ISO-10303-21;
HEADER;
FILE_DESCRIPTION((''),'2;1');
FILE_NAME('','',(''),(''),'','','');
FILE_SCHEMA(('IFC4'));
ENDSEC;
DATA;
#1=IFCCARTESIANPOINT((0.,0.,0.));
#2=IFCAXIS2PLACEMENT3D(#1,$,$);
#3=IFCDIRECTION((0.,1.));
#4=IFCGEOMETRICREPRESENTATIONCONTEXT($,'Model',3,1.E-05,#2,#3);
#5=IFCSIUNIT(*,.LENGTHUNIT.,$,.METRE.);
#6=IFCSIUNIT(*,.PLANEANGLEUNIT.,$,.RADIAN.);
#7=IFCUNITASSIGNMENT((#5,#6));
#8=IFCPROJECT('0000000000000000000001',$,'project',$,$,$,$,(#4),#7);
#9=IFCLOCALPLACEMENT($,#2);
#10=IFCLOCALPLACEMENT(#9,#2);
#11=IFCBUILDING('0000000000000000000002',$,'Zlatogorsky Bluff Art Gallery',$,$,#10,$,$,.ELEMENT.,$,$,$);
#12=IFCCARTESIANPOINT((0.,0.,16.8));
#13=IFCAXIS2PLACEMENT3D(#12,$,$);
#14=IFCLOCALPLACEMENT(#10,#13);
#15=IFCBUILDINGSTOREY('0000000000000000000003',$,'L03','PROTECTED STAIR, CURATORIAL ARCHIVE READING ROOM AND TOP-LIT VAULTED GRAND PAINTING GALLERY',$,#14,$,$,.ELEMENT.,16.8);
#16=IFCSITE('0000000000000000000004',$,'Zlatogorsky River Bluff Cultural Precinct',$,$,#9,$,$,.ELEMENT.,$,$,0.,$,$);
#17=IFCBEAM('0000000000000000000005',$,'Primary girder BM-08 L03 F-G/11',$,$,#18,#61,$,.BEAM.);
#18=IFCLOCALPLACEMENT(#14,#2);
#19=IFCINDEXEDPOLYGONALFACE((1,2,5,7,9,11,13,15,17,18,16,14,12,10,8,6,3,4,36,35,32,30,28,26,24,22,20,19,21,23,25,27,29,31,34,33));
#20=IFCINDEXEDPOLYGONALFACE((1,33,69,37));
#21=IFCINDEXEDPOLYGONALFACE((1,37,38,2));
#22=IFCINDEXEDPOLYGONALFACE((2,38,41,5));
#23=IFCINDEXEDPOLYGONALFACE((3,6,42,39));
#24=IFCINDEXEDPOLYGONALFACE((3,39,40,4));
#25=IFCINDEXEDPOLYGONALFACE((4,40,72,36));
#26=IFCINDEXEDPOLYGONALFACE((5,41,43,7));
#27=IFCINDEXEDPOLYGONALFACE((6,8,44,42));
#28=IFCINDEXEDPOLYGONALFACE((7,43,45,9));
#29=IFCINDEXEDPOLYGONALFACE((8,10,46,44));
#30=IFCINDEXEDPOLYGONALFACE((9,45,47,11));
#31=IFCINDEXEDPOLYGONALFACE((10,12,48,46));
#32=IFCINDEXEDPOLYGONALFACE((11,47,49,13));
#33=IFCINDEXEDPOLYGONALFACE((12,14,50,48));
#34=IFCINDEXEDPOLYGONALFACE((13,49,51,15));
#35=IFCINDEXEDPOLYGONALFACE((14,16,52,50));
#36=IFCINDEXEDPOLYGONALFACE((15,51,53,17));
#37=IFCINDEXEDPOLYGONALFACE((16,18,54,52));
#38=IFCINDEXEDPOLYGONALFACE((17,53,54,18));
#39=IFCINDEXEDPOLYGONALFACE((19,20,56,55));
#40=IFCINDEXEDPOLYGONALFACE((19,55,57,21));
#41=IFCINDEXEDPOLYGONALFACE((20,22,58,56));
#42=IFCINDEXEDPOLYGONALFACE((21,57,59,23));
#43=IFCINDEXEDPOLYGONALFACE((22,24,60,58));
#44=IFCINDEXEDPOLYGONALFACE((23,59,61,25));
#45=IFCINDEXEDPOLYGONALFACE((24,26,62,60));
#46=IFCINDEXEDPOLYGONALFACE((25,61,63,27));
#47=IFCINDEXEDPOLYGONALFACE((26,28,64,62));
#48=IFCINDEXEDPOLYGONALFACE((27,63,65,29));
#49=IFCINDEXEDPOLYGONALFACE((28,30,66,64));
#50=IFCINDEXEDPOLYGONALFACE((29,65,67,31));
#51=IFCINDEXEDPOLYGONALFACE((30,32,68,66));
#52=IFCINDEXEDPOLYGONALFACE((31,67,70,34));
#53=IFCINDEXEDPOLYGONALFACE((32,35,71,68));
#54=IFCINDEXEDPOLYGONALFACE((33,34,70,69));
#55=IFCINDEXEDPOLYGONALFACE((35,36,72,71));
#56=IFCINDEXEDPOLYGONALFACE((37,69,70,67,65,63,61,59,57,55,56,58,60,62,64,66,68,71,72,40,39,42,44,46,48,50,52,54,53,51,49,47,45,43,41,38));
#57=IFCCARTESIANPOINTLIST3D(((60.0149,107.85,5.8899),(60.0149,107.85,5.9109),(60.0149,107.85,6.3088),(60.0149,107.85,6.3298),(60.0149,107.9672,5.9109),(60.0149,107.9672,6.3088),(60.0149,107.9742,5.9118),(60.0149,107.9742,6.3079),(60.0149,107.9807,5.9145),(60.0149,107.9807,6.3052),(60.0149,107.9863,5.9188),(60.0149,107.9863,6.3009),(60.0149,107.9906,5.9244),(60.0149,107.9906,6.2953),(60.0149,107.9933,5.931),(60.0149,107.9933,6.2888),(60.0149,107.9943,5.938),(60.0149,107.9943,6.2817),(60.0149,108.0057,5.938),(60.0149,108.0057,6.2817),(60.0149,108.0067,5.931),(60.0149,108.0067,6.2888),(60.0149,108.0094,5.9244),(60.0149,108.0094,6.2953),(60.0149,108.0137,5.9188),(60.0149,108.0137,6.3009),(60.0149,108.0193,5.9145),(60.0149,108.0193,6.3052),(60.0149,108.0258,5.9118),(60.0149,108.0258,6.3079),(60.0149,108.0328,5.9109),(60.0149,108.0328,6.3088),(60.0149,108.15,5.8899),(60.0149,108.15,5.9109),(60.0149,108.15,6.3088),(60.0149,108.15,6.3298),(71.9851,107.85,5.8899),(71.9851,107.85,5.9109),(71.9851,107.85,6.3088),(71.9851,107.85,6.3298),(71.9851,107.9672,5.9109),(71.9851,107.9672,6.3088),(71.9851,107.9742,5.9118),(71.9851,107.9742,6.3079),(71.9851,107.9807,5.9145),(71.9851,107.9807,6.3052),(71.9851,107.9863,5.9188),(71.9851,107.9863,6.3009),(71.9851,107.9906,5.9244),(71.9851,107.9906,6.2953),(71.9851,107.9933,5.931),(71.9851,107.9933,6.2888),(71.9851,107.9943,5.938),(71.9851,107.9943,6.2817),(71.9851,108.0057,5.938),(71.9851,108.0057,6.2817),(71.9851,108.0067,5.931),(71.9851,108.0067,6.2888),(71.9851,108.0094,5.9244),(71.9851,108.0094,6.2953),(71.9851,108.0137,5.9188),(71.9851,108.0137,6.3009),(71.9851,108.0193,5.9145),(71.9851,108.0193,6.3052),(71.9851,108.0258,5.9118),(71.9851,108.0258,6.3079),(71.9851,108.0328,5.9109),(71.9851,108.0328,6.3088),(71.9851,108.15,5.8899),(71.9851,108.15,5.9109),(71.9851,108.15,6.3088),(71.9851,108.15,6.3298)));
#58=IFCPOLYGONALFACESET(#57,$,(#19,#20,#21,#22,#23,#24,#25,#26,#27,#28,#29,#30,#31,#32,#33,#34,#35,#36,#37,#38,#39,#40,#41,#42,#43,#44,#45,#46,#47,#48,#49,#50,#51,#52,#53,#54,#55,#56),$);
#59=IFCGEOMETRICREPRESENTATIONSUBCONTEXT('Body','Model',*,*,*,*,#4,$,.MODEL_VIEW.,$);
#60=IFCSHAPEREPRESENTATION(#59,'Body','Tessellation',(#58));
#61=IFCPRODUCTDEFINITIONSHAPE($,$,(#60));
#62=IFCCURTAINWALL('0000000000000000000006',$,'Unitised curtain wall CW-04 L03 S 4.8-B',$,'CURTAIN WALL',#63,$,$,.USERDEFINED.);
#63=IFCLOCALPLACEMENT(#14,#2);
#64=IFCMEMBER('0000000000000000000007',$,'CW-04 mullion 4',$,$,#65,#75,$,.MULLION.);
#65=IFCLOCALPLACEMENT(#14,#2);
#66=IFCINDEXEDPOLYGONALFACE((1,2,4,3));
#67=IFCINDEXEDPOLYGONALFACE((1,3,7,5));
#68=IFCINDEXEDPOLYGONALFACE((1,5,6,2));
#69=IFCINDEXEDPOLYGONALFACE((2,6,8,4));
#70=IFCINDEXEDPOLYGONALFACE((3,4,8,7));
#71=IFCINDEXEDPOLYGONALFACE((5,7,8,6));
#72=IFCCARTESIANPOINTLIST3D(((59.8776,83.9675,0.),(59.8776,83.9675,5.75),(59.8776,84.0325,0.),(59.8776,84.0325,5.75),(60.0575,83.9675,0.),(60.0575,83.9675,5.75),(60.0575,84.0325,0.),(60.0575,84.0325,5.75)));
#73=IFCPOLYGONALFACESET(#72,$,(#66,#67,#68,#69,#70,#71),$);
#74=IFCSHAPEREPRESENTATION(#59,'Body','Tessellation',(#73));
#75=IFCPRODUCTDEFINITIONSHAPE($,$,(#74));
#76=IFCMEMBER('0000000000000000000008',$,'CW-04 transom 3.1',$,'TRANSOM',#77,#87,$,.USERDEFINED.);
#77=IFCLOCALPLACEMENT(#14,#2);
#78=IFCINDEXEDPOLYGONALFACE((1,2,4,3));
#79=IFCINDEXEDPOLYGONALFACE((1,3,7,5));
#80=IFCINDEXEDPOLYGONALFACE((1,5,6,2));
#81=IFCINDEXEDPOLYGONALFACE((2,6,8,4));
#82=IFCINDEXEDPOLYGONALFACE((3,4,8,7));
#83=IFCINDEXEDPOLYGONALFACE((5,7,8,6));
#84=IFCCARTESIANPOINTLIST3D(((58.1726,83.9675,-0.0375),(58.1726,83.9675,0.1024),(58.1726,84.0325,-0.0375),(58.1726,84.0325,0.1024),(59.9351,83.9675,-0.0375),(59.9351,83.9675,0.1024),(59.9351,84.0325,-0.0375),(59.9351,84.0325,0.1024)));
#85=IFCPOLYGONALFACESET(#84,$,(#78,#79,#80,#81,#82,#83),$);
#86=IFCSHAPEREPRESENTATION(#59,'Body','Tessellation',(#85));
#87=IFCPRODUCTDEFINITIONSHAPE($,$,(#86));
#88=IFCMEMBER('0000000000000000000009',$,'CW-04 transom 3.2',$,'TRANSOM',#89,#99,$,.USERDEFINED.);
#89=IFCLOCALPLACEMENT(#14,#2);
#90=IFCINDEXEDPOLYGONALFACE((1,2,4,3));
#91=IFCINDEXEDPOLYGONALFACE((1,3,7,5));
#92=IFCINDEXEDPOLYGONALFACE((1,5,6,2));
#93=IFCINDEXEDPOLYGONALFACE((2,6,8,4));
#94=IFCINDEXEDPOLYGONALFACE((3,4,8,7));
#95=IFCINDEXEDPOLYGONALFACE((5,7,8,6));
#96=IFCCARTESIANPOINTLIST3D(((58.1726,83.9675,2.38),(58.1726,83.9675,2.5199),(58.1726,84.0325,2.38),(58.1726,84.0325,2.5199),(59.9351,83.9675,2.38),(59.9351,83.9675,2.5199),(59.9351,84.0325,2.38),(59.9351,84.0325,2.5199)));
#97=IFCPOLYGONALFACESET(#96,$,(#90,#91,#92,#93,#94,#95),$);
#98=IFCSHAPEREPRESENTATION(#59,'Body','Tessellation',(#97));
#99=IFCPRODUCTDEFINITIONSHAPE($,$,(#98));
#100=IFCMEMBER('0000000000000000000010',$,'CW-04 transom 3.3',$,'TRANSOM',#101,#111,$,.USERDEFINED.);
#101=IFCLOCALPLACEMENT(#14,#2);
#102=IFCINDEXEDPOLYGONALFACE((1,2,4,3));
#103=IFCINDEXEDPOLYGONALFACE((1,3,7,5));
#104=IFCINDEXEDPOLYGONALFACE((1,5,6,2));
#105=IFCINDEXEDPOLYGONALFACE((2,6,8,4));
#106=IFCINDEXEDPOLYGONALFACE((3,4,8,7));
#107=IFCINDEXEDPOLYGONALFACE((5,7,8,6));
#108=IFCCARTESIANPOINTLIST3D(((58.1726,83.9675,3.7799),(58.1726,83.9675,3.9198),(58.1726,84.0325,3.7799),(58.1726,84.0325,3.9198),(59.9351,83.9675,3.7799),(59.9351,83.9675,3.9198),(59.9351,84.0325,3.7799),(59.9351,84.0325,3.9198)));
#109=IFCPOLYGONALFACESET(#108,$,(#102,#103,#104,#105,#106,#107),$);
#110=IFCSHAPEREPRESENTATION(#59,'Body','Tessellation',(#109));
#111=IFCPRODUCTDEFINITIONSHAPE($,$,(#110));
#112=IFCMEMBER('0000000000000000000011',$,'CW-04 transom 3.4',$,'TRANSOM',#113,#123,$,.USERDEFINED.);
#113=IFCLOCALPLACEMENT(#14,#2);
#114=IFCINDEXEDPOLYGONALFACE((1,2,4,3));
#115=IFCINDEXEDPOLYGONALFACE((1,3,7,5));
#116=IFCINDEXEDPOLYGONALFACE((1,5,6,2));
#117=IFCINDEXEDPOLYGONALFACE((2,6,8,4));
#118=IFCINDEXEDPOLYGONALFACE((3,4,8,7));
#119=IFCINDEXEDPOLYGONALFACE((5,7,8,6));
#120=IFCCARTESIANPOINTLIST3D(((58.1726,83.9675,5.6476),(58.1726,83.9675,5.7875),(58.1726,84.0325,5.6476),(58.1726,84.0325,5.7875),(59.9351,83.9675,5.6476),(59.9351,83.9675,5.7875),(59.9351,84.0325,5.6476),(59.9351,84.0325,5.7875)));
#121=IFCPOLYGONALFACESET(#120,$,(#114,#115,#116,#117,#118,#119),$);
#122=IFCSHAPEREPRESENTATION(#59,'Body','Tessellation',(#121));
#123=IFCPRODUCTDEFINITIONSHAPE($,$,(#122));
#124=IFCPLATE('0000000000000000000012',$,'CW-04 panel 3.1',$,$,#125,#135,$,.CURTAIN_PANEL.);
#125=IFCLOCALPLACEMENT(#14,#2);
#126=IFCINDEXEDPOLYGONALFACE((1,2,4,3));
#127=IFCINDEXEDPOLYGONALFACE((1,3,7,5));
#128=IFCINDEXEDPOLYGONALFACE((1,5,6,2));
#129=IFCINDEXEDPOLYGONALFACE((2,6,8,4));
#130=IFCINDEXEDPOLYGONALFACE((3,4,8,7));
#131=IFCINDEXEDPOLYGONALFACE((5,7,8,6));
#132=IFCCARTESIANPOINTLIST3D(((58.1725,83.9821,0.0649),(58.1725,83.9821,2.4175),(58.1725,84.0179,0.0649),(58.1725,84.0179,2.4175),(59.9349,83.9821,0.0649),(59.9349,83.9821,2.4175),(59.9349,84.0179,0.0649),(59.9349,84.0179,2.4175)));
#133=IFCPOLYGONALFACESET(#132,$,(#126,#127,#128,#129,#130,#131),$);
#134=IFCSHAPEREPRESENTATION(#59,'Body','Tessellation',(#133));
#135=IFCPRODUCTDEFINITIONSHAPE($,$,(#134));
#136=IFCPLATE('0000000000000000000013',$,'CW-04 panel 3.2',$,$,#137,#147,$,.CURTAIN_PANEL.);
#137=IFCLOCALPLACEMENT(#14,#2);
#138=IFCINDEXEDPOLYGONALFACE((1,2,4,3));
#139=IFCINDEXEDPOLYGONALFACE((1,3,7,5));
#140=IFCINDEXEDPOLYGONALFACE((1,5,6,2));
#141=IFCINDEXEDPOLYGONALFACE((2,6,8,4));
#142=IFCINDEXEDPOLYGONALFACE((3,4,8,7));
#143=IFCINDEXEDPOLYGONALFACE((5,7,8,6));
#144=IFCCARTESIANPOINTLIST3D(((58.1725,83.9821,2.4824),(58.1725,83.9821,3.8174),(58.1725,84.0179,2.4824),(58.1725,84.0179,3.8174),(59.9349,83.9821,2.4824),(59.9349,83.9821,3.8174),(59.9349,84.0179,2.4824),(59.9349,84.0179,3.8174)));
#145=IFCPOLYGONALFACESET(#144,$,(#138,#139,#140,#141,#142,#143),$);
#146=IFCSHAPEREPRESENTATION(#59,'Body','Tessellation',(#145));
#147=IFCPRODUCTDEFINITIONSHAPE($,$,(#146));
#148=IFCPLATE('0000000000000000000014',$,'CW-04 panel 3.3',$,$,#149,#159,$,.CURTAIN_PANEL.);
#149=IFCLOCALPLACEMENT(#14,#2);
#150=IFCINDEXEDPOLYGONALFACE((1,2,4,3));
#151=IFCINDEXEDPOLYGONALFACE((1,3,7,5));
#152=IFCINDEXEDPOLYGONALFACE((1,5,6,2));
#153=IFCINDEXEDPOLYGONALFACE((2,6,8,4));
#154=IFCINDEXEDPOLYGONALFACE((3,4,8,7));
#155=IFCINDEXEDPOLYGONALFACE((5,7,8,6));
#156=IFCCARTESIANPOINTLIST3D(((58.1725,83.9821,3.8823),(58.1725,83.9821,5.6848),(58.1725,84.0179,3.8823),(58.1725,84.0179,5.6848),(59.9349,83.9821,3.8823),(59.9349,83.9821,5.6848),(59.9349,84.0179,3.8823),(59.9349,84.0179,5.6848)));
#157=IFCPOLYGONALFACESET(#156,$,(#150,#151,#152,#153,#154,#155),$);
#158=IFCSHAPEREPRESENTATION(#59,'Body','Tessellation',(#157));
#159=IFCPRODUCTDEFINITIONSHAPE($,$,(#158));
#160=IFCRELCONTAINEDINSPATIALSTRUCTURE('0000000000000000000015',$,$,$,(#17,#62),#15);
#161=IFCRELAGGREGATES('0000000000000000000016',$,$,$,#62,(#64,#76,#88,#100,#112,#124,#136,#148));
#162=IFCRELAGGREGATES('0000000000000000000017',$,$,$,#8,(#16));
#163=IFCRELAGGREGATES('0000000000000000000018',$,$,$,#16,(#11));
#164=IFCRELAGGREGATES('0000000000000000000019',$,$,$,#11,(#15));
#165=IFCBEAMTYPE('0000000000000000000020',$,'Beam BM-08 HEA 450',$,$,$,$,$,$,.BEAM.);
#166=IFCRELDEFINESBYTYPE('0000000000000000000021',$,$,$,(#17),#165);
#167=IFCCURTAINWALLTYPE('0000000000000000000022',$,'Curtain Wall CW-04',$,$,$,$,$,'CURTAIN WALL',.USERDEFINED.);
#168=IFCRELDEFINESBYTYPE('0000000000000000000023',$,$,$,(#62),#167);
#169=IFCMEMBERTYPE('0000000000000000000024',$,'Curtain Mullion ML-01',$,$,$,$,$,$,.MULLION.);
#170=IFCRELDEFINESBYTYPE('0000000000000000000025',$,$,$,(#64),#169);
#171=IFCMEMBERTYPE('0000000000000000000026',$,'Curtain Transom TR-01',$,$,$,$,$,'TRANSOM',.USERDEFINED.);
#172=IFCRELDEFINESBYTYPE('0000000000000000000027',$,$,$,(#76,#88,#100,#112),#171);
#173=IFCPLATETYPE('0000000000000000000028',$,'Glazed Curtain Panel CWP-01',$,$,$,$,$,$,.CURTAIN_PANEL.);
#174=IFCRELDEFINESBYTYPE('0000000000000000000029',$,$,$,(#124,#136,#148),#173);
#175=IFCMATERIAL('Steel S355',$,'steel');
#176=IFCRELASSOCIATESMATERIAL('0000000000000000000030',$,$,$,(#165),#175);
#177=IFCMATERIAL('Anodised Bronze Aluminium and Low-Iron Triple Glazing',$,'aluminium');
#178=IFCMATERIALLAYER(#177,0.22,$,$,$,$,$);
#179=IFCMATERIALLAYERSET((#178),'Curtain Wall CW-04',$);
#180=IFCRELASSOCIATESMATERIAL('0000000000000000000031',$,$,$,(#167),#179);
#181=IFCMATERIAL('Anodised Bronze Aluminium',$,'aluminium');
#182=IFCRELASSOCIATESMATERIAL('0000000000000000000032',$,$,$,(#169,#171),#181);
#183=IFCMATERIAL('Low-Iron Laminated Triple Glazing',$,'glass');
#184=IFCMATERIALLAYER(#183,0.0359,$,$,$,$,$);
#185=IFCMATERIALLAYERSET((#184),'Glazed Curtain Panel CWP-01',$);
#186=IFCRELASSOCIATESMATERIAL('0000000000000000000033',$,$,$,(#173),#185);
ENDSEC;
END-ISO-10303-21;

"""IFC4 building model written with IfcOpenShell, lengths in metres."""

from ifc_helpers import new_model, si_unit, direction, frame, origin, origin_2d, place, context, subcontext, project, spatial, rectangle, i_section, extrude, material, layer, layer_set, material_profile, profile_set, type_object, element, aggregate, save


model = new_model("IFC4")

# Units and contexts
model_context = context("Model", 3, precision=1e-05, world=origin(), true_north=direction((0.0, 1.0)))
body_context = subcontext(model_context, "Body", "Model", "MODEL_VIEW")
ifc_project = project(units=[si_unit("LENGTHUNIT", "METRE"), si_unit("PLANEANGLEUNIT", "RADIAN")], contexts=[model_context])

# Site, building, storey
site_placement = place(None, origin())
site = spatial("IfcSite", under=ifc_project, at=site_placement, Name="Zlatogorsky River Bluff Cultural Precinct", CompositionType="ELEMENT", RefElevation=0.0)
building_placement = place(site_placement, origin())
building = spatial("IfcBuilding", under=site, at=building_placement, Name="Zlatogorsky Bluff Art Gallery", CompositionType="ELEMENT")
storey_placement = place(building_placement, frame((0.0, 0.0, 16.8)))
storey = spatial("IfcBuildingStorey", under=building, at=storey_placement, Name="L03", Description="PROTECTED STAIR, CURATORIAL ARCHIVE READING ROOM AND TOP-LIT VAULTED GRAND PAINTING GALLERY", CompositionType="ELEMENT", Elevation=16.8)

# Shared definitions
ifc_material_1 = material(Name="Steel S355", Category="steel")

# Beam
ifc_material_profile_1 = material_profile(ifc_material_1, i_section(OverallWidth=0.3, OverallDepth=0.4399, WebThickness=0.0115, FlangeThickness=0.021, FilletRadius=0.0271, at=origin_2d()), Name="HEA 450")
ifc_profile_set_1 = profile_set([ifc_material_profile_1], Name="Steel S355")
beam_type_1 = type_object("IfcBeamType", Name="Beam BM-08 HEA 450", PredefinedType="BEAM", material=ifc_profile_set_1)
for number, where, z_axis, x_axis, name in (
    (1, (60.0149, 108.0, 6.1099), (1.0, 0.0, 0.0), (0.0, 1.0, 0.0), "Primary girder BM-08 L03 F-G/11"),
):
    element("IfcBeam", number, at=place(storey_placement, frame(where, z_axis=z_axis, x_axis=x_axis)), inside=storey, type_object=beam_type_1, Name=name, PredefinedType="BEAM", context=body_context, shape_type="SweptSolid", body=[
        extrude(i_section(OverallWidth=0.3, OverallDepth=0.4399, WebThickness=0.0115, FlangeThickness=0.021, FilletRadius=0.0271, at=origin_2d()), origin(), (0.0, 0.0, 1.0), 11.9702),
    ])

# Curtain wall, members, plates
ifc_material_2 = material(Name="Anodised Bronze Aluminium and Low-Iron Triple Glazing", Category="aluminium")
ifc_layer_1 = layer(ifc_material_2, 0.22)
ifc_layer_set_1 = layer_set([ifc_layer_1], Name="Curtain Wall CW-04")
curtain_wall_type = type_object("IfcCurtainWallType", Name="Curtain Wall CW-04", ElementType="CURTAIN WALL", PredefinedType="USERDEFINED", material=ifc_layer_set_1)
curtain_wall_placement = place(storey_placement, origin())
curtain_wall = element("IfcCurtainWall", 2, at=curtain_wall_placement, inside=storey, type_object=curtain_wall_type, Name="Unitised curtain wall CW-04 L03 S 4.8-B", ObjectType="CURTAIN WALL", PredefinedType="USERDEFINED")
ifc_material_3 = material(Name="Anodised Bronze Aluminium", Category="aluminium")
ifc_material_profile_2 = material_profile(ifc_material_3, rectangle(XDim=0.0649, YDim=0.1799, at=origin_2d()), Name="ALU MULLION 65x180")
ifc_profile_set_2 = profile_set([ifc_material_profile_2], Name="Anodised Bronze Aluminium")
member_type_1 = type_object("IfcMemberType", Name="Curtain Mullion ML-01", PredefinedType="MULLION", material=ifc_profile_set_2)
member_1_placement = place(storey_placement, frame((59.9675, 84.0, 0.0), z_axis=(0.0, 0.0, 1.0), x_axis=(0.0, 1.0, 0.0)))
member_1 = element("IfcMember", 3, at=member_1_placement, type_object=member_type_1, Name="CW-04 mullion 4", PredefinedType="MULLION", context=body_context, shape_type="SweptSolid", body=[
    extrude(rectangle(XDim=0.0649, YDim=0.1799, at=origin_2d()), origin(), (0.0, 0.0, 1.0), 5.75),
])
ifc_material_profile_3 = material_profile(ifc_material_3, rectangle(XDim=0.0649, YDim=0.1399, at=origin_2d()), Name="ALU TRANSOM 65x140")
ifc_profile_set_3 = profile_set([ifc_material_profile_3], Name="Anodised Bronze Aluminium")
member_type_2 = type_object("IfcMemberType", Name="Curtain Transom TR-01", ElementType="TRANSOM", PredefinedType="USERDEFINED", material=ifc_profile_set_3)
member_2_placement = place(storey_placement, frame((58.1726, 84.0, 0.0325), z_axis=(1.0, 0.0, 0.0), x_axis=(0.0, 1.0, 0.0)))
member_2 = element("IfcMember", 4, at=member_2_placement, type_object=member_type_2, Name="CW-04 transom 3.1", ObjectType="TRANSOM", PredefinedType="USERDEFINED", context=body_context, shape_type="SweptSolid", body=[
    extrude(rectangle(XDim=0.0649, YDim=0.1399, at=origin_2d()), origin(), (0.0, 0.0, 1.0), 1.7625),
])
member_3_placement = place(storey_placement, frame((58.1726, 84.0, 2.45), z_axis=(1.0, 0.0, 0.0), x_axis=(0.0, 1.0, 0.0)))
member_3 = element("IfcMember", 5, at=member_3_placement, type_object=member_type_2, Name="CW-04 transom 3.2", ObjectType="TRANSOM", PredefinedType="USERDEFINED", context=body_context, shape_type="SweptSolid", body=[
    extrude(rectangle(XDim=0.0649, YDim=0.1399, at=origin_2d()), origin(), (0.0, 0.0, 1.0), 1.7625),
])
member_4_placement = place(storey_placement, frame((58.1726, 84.0, 3.8499), z_axis=(1.0, 0.0, 0.0), x_axis=(0.0, 1.0, 0.0)))
member_4 = element("IfcMember", 6, at=member_4_placement, type_object=member_type_2, Name="CW-04 transom 3.3", ObjectType="TRANSOM", PredefinedType="USERDEFINED", context=body_context, shape_type="SweptSolid", body=[
    extrude(rectangle(XDim=0.0649, YDim=0.1399, at=origin_2d()), origin(), (0.0, 0.0, 1.0), 1.7625),
])
member_5_placement = place(storey_placement, frame((58.1726, 84.0, 5.7175), z_axis=(1.0, 0.0, 0.0), x_axis=(0.0, 1.0, 0.0)))
member_5 = element("IfcMember", 7, at=member_5_placement, type_object=member_type_2, Name="CW-04 transom 3.4", ObjectType="TRANSOM", PredefinedType="USERDEFINED", context=body_context, shape_type="SweptSolid", body=[
    extrude(rectangle(XDim=0.0649, YDim=0.1399, at=origin_2d()), origin(), (0.0, 0.0, 1.0), 1.7625),
])
ifc_material_4 = material(Name="Low-Iron Laminated Triple Glazing", Category="glass")
ifc_layer_2 = layer(ifc_material_4, 0.0359)
ifc_layer_set_2 = layer_set([ifc_layer_2], Name="Glazed Curtain Panel CWP-01")
plate_type = type_object("IfcPlateType", Name="Glazed Curtain Panel CWP-01", PredefinedType="CURTAIN_PANEL", material=ifc_layer_set_2)
plate_1_placement = place(storey_placement, frame((59.0537, 84.0, 0.0649), z_axis=(0.0, 0.0, 1.0), x_axis=(1.0, 0.0, 0.0)))
plate_1 = element("IfcPlate", 8, at=plate_1_placement, type_object=plate_type, Name="CW-04 panel 3.1", PredefinedType="CURTAIN_PANEL", context=body_context, shape_type="SweptSolid", body=[
    extrude(rectangle(XDim=1.7625, YDim=0.0359, at=origin_2d()), origin(), (0.0, 0.0, 1.0), 2.3525),
])
plate_2_placement = place(storey_placement, frame((59.0537, 84.0, 2.4824), z_axis=(0.0, 0.0, 1.0), x_axis=(1.0, 0.0, 0.0)))
plate_2 = element("IfcPlate", 9, at=plate_2_placement, type_object=plate_type, Name="CW-04 panel 3.2", PredefinedType="CURTAIN_PANEL", context=body_context, shape_type="SweptSolid", body=[
    extrude(rectangle(XDim=1.7625, YDim=0.0359, at=origin_2d()), origin(), (0.0, 0.0, 1.0), 1.335),
])
plate_3_placement = place(storey_placement, frame((59.0537, 84.0, 3.8823), z_axis=(0.0, 0.0, 1.0), x_axis=(1.0, 0.0, 0.0)))
plate_3 = element("IfcPlate", 10, at=plate_3_placement, type_object=plate_type, Name="CW-04 panel 3.3", PredefinedType="CURTAIN_PANEL", context=body_context, shape_type="SweptSolid", body=[
    extrude(rectangle(XDim=1.7625, YDim=0.0359, at=origin_2d()), origin(), (0.0, 0.0, 1.0), 1.8025),
])
aggregate(curtain_wall, [member_1, member_2, member_3, member_4, member_5, plate_1, plate_2, plate_3])

save(model, "model.ifc")
